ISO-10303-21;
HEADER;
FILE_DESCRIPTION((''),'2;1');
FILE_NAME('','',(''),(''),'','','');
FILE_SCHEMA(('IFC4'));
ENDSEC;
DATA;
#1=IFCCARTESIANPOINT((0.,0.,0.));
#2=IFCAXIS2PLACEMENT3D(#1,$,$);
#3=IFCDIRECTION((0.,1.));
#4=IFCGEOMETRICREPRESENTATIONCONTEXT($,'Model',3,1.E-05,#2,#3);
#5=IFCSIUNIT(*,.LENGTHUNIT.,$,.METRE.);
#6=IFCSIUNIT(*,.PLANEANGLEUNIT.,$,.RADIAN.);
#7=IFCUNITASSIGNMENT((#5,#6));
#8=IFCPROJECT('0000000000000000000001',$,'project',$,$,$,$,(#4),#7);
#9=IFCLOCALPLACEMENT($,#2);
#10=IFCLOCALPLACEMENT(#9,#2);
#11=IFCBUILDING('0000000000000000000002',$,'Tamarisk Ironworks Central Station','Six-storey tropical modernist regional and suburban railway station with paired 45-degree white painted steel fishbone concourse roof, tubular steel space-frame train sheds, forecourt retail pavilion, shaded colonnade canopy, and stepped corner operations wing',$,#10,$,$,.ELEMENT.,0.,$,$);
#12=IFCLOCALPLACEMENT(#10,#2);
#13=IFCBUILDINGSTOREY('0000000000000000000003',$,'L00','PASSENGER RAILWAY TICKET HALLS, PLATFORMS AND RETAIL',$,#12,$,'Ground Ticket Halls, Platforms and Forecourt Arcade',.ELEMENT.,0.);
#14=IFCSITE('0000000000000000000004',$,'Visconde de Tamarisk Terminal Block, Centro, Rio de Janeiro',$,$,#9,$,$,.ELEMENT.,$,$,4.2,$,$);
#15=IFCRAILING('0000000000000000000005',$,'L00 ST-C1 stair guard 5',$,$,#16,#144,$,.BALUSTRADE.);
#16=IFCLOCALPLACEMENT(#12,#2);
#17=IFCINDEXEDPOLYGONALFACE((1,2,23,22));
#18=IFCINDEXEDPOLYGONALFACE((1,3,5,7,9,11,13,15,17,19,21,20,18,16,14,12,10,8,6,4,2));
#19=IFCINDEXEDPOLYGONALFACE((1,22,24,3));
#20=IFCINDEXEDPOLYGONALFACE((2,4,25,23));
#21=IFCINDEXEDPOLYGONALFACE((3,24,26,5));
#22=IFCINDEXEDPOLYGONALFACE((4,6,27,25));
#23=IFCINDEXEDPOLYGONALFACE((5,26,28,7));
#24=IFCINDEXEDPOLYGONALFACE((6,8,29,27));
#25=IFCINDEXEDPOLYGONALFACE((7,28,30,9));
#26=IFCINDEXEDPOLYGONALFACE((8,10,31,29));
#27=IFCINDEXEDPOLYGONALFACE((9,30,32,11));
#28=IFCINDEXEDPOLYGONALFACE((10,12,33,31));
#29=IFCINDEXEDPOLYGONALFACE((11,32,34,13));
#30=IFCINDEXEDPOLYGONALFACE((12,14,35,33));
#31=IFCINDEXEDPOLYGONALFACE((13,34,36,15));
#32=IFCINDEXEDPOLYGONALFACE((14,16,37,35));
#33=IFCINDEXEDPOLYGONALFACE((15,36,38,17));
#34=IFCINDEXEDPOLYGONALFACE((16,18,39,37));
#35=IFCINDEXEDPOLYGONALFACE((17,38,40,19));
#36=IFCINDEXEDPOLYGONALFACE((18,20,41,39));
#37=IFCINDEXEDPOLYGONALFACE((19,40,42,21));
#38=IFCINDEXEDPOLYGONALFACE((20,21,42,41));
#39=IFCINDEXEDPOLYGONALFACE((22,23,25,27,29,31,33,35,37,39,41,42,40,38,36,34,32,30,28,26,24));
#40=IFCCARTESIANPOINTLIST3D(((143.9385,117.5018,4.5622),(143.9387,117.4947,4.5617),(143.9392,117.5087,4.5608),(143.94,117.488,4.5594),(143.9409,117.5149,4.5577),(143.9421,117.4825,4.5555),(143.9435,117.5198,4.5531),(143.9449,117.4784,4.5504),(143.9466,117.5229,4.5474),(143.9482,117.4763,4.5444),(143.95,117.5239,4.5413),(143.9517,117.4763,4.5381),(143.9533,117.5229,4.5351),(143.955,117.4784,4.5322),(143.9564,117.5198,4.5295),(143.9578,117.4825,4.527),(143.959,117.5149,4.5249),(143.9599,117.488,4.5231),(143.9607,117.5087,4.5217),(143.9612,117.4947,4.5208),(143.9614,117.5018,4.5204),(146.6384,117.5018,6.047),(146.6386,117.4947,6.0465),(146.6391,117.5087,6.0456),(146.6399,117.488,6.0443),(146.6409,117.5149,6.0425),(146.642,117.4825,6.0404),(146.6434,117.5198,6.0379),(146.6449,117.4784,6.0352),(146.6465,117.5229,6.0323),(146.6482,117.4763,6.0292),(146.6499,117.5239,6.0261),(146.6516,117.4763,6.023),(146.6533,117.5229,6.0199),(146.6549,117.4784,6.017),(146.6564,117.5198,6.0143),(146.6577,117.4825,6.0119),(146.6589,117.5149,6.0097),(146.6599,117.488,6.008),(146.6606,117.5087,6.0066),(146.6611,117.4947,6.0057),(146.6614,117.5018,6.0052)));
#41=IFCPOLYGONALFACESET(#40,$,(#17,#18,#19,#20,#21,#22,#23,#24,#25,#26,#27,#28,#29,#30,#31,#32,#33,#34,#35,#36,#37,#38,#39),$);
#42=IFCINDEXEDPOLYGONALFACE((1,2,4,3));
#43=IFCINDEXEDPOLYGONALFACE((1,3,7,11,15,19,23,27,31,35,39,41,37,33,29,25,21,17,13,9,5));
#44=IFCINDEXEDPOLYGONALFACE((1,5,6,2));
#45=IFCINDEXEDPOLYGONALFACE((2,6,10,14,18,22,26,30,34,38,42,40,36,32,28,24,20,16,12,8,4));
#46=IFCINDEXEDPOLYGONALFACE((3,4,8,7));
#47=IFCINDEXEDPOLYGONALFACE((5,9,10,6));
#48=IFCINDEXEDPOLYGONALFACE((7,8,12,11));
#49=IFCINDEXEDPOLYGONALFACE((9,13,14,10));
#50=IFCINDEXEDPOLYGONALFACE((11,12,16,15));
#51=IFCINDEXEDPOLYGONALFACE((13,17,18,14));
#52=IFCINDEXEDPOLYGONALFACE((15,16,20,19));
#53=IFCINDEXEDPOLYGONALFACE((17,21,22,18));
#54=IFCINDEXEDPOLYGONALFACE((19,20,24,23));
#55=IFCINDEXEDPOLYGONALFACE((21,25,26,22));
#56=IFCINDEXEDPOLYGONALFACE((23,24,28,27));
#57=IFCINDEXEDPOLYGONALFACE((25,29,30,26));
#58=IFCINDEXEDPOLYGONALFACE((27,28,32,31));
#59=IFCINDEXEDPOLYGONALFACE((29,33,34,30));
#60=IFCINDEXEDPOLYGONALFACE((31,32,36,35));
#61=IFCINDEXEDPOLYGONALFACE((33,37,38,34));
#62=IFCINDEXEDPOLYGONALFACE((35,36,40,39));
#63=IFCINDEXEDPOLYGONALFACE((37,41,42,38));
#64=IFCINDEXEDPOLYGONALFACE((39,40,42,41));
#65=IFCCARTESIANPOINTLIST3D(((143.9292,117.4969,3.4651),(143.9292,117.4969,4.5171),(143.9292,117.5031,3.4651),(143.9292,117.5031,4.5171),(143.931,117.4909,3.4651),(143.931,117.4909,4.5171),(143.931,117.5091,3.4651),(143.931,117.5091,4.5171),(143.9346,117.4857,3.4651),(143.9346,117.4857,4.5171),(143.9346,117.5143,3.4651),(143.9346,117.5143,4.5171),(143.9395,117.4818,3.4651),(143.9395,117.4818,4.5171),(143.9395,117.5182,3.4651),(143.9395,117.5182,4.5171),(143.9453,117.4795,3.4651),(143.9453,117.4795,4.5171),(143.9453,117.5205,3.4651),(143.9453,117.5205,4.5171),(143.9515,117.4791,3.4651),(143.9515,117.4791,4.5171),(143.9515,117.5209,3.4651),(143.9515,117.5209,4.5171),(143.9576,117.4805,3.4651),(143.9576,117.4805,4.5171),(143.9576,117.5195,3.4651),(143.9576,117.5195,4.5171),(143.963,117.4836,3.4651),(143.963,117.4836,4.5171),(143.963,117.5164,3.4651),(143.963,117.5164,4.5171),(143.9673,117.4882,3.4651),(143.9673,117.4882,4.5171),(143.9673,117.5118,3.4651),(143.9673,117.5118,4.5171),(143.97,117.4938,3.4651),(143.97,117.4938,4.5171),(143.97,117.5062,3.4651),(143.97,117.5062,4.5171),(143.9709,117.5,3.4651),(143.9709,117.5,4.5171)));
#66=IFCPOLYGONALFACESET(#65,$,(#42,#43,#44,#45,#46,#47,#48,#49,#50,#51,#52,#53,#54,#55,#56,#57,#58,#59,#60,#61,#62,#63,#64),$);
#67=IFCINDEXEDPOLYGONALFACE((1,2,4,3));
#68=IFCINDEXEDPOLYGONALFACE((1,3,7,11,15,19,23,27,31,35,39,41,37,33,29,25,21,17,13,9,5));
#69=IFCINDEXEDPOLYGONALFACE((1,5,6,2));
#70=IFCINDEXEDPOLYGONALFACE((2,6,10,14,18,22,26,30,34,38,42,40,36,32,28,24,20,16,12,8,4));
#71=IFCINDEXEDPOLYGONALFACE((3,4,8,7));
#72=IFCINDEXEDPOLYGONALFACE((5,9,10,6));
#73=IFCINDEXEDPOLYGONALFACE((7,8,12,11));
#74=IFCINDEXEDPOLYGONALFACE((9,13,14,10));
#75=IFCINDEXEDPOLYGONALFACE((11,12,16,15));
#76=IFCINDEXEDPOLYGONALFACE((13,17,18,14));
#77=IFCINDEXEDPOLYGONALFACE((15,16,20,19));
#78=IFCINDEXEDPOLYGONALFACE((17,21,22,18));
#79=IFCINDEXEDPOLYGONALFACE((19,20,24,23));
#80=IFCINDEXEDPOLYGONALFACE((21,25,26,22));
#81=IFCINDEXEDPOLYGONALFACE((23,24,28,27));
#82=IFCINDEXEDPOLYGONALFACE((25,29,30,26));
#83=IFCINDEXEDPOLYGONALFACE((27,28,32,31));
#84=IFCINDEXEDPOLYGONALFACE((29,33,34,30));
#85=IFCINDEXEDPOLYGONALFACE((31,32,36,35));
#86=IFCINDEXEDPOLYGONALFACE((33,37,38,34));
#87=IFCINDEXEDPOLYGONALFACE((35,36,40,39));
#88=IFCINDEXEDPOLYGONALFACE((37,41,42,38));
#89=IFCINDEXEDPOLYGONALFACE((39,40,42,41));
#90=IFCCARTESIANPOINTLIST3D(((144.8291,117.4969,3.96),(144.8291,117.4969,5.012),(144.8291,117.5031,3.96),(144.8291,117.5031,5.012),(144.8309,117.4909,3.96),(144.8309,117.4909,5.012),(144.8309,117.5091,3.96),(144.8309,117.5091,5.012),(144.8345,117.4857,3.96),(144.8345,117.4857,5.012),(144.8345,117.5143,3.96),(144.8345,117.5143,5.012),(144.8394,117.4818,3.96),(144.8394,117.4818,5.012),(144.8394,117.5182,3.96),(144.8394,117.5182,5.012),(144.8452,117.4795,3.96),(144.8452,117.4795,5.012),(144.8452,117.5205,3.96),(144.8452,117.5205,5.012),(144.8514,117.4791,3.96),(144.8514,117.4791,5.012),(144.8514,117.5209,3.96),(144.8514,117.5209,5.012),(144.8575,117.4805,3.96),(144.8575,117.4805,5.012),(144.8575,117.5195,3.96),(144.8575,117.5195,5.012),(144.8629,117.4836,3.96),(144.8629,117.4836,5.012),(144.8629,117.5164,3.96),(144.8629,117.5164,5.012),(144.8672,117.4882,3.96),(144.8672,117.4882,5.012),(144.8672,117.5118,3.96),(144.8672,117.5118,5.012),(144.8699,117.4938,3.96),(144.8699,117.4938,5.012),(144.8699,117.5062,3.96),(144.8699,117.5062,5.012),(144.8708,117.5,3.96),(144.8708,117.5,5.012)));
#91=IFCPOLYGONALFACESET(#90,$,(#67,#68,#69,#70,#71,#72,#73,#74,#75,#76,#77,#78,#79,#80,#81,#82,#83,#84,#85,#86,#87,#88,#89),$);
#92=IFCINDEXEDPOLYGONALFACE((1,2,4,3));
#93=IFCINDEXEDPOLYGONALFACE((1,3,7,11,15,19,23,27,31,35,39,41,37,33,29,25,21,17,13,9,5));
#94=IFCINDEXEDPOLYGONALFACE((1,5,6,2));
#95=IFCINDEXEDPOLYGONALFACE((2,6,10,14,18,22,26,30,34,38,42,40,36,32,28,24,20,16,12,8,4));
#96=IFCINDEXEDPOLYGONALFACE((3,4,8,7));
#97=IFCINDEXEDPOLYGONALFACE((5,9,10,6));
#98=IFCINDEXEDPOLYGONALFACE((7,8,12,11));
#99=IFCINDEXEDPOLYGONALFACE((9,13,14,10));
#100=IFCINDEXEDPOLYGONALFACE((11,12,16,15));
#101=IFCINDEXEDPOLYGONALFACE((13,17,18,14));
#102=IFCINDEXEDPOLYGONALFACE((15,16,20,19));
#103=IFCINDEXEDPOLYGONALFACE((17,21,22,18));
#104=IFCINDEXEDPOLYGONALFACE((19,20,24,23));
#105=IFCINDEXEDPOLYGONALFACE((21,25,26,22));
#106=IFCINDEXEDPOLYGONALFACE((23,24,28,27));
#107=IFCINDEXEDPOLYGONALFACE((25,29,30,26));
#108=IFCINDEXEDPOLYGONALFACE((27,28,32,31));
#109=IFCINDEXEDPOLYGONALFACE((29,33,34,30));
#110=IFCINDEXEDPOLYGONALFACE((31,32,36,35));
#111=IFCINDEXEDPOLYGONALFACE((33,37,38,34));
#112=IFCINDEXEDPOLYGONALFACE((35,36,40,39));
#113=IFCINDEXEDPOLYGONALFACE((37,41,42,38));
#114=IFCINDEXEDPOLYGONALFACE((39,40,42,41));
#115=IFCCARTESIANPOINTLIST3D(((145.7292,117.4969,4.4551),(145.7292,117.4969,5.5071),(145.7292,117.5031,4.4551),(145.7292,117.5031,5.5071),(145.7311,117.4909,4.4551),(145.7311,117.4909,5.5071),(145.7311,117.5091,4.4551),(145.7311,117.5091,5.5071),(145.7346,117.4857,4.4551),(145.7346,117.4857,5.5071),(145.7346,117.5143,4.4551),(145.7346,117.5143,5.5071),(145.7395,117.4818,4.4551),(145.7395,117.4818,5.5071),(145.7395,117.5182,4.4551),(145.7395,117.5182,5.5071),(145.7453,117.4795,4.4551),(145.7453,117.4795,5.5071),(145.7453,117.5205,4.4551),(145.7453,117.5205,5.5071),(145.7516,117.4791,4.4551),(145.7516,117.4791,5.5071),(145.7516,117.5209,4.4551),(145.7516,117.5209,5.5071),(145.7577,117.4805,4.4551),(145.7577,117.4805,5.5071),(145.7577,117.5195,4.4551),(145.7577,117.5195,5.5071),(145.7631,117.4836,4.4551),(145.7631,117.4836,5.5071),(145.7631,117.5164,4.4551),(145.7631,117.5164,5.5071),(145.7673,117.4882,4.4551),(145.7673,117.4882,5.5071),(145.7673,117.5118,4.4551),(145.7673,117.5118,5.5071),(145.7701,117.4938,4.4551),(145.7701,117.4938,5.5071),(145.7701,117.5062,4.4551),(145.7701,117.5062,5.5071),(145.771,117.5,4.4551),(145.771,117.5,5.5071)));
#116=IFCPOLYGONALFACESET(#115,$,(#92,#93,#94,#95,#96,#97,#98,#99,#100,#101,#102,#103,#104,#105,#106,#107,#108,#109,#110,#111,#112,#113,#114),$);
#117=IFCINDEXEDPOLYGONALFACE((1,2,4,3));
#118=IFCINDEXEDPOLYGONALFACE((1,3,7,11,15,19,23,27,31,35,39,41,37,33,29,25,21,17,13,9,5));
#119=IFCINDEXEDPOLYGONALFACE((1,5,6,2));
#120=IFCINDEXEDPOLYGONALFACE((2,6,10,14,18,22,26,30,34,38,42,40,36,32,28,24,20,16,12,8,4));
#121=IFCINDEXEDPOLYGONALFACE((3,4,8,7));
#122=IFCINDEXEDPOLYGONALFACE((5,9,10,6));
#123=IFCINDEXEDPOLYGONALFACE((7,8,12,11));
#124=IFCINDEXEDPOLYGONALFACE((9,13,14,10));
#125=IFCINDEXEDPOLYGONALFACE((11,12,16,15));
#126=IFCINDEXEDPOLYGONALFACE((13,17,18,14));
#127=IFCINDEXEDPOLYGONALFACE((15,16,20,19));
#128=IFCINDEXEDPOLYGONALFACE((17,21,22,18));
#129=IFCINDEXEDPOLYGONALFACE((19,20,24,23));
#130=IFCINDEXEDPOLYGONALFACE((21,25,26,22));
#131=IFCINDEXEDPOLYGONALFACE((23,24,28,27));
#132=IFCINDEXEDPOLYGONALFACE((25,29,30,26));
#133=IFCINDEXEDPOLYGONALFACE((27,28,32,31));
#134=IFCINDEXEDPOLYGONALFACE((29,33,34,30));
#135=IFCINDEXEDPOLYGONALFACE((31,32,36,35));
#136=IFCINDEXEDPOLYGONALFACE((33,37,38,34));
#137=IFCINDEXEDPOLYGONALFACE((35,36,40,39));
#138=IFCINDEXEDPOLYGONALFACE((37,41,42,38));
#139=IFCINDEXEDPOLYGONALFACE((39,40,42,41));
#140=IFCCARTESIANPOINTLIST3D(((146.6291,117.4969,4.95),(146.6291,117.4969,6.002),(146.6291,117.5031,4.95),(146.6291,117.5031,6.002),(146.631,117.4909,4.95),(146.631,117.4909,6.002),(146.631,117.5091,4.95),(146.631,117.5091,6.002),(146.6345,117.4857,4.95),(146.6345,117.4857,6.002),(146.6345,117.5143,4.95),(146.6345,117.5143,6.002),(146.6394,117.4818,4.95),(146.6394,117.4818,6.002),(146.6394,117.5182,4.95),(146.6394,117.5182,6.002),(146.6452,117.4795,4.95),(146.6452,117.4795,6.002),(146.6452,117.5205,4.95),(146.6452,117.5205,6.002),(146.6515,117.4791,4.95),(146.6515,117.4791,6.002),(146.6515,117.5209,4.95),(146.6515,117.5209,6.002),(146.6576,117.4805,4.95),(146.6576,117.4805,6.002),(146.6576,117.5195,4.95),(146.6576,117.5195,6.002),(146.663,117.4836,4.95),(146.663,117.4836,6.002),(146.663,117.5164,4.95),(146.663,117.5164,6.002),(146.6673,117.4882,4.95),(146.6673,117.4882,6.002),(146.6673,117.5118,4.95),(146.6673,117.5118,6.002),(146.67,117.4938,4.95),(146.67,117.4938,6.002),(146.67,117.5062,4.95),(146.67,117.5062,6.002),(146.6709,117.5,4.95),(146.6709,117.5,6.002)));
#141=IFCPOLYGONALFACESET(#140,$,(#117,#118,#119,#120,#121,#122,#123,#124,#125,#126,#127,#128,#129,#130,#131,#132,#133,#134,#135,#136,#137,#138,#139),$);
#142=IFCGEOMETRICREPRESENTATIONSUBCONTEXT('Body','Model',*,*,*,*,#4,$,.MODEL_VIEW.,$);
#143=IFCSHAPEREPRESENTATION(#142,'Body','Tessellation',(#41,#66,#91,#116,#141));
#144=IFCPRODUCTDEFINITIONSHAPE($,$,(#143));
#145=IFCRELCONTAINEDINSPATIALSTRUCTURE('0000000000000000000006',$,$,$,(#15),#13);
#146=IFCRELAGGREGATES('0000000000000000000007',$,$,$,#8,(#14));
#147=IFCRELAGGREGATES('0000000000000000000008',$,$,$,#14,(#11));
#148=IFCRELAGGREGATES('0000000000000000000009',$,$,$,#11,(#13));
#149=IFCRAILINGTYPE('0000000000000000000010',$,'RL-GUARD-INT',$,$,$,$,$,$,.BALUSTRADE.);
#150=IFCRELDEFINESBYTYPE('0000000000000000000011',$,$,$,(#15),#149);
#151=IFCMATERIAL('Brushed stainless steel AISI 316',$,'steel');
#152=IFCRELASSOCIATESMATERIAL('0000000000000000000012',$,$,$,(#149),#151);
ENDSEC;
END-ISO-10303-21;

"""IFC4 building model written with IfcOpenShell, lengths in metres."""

from ifc_helpers import new_model, si_unit, direction, frame, origin, origin_2d, place, context, subcontext, project, spatial, circle, extrude, material, type_object, element, save


model = new_model("IFC4")

# Units and contexts
model_context = context("Model", 3, precision=1e-05, world=origin(), true_north=direction((0.0, 1.0)))
body_context = subcontext(model_context, "Body", "Model", "MODEL_VIEW")
ifc_project = project(units=[si_unit("LENGTHUNIT", "METRE"), si_unit("PLANEANGLEUNIT", "RADIAN")], contexts=[model_context])

# Site, building, storey
site_placement = place(None, origin())
site = spatial("IfcSite", under=ifc_project, at=site_placement, Name="Visconde de Tamarisk Terminal Block, Centro, Rio de Janeiro", CompositionType="ELEMENT", RefElevation=4.2)
building_placement = place(site_placement, origin())
building = spatial("IfcBuilding", under=site, at=building_placement, Name="Tamarisk Ironworks Central Station", Description="Six-storey tropical modernist regional and suburban railway station with paired 45-degree white painted steel fishbone concourse roof, tubular steel space-frame train sheds, forecourt retail pavilion, shaded colonnade canopy, and stepped corner operations wing", CompositionType="ELEMENT", ElevationOfRefHeight=0.0)
storey_placement = place(building_placement, origin())
storey = spatial("IfcBuildingStorey", under=building, at=storey_placement, Name="L00", Description="PASSENGER RAILWAY TICKET HALLS, PLATFORMS AND RETAIL", LongName="Ground Ticket Halls, Platforms and Forecourt Arcade", CompositionType="ELEMENT", Elevation=0.0)

# Railing
ifc_material_1 = material(Name="Brushed stainless steel AISI 316", Category="steel")
railing_type_1 = type_object("IfcRailingType", Name="RL-GUARD-INT", PredefinedType="BALUSTRADE", material=ifc_material_1)
railing_1_placement = place(storey_placement, frame((143.95, 117.5, 3.4651)))
element("IfcRailing", 1, at=railing_1_placement, inside=storey, type_object=railing_type_1, Name="L00 ST-C1 stair guard 5", PredefinedType="BALUSTRADE", context=body_context, shape_type="SweptSolid", body=[
    extrude(circle(Radius=0.0239, at=origin_2d()), frame((0.0, 0.0, 1.0762), z_axis=(0.876231, 0.0, 0.481891), x_axis=(0.0, 1.0, 0.0)), (0.0, 0.0, 1.0), 3.0813),
    extrude(circle(Radius=0.021, at=origin_2d()), origin(), (0.0, 0.0, 1.0), 1.052),
    extrude(circle(Radius=0.021, at=origin_2d()), frame((0.8999, 0.0, 0.4949)), (0.0, 0.0, 1.0), 1.052),
    extrude(circle(Radius=0.021, at=origin_2d()), frame((1.8, 0.0, 0.99)), (0.0, 0.0, 1.0), 1.052),
    extrude(circle(Radius=0.021, at=origin_2d()), frame((2.7, 0.0, 1.4849)), (0.0, 0.0, 1.0), 1.052),
])

save(model, "model.ifc")
